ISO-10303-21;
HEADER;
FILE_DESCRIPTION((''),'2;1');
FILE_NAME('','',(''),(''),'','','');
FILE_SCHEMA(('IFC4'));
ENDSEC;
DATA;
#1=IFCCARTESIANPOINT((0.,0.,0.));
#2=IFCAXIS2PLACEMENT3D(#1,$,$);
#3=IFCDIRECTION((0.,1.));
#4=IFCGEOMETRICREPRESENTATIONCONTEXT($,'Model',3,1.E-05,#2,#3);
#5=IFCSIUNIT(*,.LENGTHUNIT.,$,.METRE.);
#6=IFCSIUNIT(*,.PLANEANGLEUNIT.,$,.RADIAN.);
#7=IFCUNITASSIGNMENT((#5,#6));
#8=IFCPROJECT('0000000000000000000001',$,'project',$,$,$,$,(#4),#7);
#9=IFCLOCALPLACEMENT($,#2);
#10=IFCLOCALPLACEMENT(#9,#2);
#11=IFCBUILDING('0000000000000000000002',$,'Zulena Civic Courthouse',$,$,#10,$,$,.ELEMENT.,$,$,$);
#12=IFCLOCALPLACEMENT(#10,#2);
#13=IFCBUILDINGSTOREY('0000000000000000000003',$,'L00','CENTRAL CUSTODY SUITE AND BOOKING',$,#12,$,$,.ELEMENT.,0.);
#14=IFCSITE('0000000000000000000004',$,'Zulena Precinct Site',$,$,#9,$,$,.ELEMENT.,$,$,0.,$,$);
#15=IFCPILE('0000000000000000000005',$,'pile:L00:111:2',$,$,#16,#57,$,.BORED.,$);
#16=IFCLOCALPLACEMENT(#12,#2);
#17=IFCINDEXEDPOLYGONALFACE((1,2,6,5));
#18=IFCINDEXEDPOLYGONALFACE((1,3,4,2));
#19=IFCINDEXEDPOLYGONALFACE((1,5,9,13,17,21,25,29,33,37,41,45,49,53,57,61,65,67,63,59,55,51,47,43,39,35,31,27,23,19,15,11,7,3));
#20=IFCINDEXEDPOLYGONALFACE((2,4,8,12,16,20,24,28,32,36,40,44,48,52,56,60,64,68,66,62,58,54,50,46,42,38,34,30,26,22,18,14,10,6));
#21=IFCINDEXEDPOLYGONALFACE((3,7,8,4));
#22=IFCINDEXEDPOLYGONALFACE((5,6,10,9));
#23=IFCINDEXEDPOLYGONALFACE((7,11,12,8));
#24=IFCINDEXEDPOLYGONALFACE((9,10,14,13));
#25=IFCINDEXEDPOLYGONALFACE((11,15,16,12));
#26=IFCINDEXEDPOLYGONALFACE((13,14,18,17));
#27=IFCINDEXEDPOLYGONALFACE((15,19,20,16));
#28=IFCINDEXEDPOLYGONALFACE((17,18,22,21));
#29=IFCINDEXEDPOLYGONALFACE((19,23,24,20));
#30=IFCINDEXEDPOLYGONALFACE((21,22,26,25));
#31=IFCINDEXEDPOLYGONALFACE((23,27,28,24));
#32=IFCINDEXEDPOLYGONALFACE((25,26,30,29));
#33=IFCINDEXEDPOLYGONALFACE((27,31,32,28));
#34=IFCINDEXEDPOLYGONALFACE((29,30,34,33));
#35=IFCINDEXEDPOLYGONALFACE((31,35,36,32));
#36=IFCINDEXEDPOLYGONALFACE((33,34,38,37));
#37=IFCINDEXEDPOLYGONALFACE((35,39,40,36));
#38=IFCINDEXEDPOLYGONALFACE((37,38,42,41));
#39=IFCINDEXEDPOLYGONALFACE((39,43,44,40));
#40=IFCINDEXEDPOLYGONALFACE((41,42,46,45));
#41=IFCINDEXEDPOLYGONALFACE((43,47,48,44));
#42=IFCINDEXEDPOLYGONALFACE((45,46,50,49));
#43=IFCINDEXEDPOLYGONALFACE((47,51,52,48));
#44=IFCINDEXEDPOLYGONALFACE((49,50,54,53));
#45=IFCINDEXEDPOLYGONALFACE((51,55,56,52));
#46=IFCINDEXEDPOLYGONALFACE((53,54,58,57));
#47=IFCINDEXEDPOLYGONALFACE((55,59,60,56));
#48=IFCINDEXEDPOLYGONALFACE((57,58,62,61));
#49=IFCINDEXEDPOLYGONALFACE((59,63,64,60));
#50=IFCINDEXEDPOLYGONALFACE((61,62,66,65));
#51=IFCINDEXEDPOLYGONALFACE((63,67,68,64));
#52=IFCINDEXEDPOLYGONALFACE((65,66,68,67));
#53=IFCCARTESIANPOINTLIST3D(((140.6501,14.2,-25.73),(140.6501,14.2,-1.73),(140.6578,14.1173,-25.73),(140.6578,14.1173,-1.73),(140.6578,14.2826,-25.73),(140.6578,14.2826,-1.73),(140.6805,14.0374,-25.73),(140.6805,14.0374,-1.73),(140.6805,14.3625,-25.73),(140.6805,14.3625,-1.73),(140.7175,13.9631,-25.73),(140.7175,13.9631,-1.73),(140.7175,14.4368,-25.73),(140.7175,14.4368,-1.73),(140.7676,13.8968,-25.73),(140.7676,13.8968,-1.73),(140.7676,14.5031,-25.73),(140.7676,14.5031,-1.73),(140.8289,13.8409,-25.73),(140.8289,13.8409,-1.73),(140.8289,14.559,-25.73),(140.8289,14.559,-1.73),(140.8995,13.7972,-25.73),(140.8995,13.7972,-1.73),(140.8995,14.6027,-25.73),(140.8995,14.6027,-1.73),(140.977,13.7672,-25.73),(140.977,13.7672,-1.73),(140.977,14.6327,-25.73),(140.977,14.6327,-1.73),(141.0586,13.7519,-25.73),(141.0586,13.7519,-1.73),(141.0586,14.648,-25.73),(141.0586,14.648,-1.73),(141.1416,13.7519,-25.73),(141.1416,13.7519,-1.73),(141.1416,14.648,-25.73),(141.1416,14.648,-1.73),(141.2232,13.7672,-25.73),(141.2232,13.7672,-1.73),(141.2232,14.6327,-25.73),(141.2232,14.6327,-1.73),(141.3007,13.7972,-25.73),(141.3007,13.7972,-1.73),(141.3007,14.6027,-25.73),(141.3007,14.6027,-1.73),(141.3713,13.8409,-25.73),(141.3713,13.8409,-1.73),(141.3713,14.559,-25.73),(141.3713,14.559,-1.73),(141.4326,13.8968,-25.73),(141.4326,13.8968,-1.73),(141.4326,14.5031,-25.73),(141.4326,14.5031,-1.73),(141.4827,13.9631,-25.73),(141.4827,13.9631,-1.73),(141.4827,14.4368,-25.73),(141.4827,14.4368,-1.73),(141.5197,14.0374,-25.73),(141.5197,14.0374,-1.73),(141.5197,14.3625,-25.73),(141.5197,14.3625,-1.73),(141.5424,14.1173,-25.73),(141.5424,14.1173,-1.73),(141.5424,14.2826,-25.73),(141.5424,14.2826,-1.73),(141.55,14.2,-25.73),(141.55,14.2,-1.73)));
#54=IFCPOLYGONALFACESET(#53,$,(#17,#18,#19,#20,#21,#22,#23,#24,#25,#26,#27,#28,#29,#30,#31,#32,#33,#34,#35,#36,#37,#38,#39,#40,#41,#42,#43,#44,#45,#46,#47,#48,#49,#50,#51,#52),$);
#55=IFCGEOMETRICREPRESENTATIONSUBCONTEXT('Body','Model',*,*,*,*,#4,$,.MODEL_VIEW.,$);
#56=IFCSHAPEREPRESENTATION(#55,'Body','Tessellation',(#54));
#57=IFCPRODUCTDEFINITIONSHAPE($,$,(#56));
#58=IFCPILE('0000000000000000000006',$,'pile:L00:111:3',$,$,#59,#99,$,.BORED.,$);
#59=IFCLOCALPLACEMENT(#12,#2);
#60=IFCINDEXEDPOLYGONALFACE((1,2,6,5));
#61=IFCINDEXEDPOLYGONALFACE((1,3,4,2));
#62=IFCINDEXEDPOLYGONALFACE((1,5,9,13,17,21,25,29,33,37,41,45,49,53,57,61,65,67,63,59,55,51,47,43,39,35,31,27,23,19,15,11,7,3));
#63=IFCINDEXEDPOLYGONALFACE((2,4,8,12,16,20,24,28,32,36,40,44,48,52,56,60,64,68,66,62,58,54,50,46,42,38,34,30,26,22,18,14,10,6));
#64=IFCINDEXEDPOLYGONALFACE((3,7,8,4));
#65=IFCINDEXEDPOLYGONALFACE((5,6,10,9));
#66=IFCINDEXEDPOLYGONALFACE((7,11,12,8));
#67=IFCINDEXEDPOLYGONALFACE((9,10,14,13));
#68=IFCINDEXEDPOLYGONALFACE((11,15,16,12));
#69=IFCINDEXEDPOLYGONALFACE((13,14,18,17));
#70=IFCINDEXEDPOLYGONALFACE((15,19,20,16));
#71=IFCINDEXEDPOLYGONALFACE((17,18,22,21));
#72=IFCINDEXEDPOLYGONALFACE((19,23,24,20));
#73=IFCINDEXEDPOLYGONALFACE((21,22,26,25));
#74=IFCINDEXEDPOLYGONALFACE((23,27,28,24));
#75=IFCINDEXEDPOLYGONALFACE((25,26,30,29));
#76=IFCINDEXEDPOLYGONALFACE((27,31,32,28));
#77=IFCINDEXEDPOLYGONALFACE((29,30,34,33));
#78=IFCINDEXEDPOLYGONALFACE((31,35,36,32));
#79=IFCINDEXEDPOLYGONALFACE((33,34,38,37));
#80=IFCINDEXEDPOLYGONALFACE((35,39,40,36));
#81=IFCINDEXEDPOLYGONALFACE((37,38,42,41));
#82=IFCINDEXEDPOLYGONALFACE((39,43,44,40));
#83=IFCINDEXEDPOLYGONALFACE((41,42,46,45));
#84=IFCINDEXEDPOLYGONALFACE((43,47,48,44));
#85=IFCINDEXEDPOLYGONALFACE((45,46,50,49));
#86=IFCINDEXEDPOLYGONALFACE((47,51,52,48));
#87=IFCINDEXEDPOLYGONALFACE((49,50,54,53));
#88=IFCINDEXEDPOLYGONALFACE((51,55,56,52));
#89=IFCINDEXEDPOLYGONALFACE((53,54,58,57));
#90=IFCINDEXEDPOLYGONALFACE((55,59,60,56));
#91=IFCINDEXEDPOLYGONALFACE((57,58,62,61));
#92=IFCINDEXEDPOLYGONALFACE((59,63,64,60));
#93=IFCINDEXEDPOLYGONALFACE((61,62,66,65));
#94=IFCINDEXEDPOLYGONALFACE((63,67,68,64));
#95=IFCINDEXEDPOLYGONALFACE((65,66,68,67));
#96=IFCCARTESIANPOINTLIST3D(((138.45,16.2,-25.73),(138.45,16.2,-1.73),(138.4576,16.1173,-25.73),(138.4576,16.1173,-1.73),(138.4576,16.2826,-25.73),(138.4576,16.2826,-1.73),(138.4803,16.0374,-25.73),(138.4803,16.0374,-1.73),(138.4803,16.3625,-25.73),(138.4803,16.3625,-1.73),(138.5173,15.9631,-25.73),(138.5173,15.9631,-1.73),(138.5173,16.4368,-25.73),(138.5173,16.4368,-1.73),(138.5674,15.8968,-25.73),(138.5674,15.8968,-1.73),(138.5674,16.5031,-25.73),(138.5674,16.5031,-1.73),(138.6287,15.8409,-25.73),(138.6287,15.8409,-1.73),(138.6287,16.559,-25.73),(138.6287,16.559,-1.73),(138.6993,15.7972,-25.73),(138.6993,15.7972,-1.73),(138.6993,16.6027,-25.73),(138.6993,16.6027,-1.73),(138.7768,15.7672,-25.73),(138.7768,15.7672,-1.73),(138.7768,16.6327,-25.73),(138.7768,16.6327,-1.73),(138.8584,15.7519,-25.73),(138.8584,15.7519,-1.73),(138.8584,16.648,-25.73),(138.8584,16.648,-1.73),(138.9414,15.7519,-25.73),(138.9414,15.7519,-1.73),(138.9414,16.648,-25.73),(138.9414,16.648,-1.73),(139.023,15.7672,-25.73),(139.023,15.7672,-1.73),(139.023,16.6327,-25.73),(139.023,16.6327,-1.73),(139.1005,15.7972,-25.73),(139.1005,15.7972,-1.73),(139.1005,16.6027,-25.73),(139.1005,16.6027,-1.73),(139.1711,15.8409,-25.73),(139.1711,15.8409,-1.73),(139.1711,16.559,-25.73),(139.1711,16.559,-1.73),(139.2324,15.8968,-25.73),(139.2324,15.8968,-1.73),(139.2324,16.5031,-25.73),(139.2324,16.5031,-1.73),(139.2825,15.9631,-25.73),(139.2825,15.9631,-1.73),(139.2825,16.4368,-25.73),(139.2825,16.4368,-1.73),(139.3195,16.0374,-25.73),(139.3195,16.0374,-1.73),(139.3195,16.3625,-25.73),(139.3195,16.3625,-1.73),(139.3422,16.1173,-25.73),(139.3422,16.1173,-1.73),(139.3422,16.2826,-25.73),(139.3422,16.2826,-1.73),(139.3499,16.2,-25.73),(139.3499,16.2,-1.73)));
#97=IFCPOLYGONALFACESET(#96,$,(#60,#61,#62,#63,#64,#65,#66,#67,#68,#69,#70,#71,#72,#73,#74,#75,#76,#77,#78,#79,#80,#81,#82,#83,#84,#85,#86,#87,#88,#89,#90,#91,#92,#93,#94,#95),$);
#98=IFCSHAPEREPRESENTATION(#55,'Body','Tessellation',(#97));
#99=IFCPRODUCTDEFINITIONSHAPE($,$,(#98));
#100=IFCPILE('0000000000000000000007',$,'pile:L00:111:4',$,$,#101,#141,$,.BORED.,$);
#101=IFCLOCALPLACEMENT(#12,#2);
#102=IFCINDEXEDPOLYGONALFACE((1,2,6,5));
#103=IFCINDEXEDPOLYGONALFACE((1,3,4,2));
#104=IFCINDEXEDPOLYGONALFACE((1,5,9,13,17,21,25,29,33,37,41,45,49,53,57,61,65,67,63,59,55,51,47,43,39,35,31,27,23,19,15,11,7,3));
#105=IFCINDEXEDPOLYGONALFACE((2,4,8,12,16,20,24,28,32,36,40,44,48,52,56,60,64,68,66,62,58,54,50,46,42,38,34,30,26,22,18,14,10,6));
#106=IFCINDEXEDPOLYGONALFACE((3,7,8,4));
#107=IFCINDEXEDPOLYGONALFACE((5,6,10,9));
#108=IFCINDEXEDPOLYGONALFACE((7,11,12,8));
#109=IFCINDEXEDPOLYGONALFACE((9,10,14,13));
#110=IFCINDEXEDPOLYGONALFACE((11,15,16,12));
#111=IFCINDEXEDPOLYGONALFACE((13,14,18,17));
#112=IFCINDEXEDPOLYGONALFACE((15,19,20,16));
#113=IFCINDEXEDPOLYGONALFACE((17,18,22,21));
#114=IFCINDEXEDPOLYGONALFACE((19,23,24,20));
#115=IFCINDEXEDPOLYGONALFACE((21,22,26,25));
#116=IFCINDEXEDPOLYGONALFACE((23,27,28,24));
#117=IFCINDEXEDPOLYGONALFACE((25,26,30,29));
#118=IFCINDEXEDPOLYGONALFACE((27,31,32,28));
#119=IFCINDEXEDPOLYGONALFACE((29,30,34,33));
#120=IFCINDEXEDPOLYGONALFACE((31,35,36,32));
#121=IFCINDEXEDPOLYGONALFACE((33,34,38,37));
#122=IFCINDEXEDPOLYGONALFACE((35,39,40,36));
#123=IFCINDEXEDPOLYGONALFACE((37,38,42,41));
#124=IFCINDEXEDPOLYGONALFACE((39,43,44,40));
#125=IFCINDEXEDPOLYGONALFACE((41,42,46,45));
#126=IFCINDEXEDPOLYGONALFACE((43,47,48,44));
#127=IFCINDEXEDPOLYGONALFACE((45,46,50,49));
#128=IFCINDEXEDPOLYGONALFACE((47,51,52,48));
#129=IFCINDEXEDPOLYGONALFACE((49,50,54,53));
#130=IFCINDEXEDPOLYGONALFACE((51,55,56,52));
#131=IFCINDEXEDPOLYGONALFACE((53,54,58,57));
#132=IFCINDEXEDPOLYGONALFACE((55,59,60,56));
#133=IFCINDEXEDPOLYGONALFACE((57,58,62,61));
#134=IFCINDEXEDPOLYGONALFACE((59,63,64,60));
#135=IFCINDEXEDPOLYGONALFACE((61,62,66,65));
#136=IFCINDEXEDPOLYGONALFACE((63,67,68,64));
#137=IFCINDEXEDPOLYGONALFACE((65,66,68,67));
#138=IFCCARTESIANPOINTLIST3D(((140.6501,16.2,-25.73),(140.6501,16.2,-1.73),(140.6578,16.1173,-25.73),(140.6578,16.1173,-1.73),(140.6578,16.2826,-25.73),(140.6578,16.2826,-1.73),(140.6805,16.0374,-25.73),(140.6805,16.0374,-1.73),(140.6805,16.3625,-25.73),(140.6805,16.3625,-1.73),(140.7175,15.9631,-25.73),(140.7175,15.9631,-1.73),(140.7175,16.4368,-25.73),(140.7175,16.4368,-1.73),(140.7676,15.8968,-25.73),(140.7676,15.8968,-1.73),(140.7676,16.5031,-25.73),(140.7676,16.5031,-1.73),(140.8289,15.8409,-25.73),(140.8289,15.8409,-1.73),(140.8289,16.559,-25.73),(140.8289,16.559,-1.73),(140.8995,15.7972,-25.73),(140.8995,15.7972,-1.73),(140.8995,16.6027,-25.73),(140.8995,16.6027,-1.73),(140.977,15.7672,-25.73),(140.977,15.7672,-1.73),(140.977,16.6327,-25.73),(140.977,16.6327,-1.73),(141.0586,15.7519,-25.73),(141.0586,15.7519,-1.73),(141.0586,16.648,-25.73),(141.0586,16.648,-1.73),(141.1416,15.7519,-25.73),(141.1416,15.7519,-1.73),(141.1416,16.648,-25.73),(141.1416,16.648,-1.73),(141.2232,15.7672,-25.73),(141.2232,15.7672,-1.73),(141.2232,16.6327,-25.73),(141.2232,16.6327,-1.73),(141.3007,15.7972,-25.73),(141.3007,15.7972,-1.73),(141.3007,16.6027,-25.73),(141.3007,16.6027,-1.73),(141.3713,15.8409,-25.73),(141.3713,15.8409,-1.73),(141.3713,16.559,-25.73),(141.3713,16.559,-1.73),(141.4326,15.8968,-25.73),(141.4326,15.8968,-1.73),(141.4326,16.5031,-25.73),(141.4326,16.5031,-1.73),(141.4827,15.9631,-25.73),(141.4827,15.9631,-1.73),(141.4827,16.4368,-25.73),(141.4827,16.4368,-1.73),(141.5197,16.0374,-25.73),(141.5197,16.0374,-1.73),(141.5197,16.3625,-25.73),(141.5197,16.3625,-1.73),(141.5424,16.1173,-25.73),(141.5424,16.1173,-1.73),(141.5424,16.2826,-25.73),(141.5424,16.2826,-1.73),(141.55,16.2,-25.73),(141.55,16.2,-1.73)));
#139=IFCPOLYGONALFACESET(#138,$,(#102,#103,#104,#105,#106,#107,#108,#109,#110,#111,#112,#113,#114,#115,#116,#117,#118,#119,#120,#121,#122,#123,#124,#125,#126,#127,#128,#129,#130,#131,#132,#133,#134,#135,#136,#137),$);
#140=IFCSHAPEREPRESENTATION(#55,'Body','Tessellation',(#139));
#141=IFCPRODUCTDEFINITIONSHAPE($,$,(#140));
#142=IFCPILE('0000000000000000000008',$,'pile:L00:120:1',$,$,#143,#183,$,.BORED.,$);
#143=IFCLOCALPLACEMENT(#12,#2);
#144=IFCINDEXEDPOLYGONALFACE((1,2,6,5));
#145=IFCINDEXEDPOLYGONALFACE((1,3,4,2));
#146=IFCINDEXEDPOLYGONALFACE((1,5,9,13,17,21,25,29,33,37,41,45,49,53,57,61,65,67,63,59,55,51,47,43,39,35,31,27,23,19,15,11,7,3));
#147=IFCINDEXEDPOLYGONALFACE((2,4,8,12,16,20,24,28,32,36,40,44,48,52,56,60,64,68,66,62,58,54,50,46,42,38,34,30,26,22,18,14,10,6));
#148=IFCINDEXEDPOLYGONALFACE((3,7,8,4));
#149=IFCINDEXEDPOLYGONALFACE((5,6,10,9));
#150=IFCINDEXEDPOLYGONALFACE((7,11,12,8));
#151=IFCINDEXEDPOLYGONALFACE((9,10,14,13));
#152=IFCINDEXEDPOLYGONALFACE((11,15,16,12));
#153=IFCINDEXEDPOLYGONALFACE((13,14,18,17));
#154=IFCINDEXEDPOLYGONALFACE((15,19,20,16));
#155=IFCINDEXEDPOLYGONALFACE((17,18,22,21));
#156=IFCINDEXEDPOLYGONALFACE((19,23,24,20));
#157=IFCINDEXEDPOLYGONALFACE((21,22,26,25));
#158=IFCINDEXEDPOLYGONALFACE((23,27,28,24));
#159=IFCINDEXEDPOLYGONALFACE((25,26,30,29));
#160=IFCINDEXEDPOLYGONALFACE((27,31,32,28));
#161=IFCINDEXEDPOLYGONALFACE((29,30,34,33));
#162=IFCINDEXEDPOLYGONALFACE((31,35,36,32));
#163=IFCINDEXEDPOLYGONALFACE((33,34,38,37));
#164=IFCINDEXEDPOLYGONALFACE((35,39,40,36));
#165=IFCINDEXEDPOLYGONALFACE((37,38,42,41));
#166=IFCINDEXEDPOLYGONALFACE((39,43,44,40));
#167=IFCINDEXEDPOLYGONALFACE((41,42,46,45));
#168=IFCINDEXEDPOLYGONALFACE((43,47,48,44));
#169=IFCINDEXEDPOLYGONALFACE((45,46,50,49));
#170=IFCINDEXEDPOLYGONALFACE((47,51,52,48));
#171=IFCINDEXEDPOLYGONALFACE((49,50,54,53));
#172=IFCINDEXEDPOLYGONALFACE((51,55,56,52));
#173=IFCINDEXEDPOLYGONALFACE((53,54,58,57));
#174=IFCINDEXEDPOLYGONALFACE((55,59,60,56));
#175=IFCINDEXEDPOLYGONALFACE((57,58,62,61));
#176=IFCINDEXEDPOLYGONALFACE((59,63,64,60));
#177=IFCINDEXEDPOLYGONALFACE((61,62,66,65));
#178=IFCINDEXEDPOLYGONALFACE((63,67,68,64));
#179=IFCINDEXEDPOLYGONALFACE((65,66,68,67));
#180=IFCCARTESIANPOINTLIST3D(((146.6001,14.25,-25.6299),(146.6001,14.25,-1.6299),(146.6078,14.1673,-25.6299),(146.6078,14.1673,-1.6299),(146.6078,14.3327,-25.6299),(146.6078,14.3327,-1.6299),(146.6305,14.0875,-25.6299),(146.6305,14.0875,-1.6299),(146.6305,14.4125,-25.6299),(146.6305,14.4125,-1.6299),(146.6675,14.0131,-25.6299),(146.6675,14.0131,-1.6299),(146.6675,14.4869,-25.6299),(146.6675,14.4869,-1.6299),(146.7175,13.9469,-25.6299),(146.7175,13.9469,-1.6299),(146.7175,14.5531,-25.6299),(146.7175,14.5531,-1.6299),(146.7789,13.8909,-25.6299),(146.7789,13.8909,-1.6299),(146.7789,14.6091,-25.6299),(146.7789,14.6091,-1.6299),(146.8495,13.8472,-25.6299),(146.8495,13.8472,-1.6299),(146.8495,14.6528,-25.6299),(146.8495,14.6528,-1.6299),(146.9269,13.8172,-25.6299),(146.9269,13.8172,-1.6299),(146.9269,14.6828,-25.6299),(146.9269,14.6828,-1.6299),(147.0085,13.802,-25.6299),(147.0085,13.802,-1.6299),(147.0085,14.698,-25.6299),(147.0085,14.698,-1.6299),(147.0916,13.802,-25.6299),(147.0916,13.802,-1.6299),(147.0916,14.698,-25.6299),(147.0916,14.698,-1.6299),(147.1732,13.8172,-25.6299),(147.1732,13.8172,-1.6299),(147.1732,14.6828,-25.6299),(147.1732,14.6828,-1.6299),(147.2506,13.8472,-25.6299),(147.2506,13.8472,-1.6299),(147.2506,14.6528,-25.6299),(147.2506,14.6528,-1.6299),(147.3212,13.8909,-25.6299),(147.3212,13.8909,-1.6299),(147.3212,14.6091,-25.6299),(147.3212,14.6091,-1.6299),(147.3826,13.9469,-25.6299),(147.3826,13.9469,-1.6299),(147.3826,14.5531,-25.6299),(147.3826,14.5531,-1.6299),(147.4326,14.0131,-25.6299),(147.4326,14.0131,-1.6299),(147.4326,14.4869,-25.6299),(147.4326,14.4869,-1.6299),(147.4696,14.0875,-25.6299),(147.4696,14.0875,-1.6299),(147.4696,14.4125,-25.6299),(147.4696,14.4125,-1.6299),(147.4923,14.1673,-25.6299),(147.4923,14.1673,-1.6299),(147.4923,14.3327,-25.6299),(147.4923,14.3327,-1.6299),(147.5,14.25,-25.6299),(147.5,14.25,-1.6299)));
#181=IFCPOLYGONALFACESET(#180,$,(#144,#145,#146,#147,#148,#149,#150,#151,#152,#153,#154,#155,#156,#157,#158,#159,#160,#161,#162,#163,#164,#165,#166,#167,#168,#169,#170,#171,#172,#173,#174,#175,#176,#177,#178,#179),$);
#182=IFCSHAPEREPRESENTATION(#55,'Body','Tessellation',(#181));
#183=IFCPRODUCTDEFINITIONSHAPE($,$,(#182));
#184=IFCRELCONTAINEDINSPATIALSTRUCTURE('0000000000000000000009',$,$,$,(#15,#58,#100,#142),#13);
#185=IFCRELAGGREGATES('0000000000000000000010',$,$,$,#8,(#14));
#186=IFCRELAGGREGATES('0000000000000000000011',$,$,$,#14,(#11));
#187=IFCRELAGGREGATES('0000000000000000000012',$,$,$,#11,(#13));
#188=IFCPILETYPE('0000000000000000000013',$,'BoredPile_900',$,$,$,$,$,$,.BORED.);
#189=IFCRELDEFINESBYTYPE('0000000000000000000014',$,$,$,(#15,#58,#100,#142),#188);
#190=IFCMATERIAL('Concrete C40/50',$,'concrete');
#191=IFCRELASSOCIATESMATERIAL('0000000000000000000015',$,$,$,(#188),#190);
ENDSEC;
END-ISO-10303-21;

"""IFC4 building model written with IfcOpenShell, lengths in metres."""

from ifc_helpers import new_model, si_unit, direction, frame, origin, origin_2d, place, context, subcontext, project, spatial, circle, extrude, material, material_profile, profile_set, type_object, element, save


model = new_model("IFC4")

# Units and contexts
model_context = context("Model", 3, precision=1e-05, world=origin(), true_north=direction((0.0, 1.0)))
body_context = subcontext(model_context, "Body", "Model", "MODEL_VIEW")
ifc_project = project(units=[si_unit("LENGTHUNIT", "METRE"), si_unit("PLANEANGLEUNIT", "RADIAN")], contexts=[model_context])

# Site, building, storey
site_placement = place(None, origin())
site = spatial("IfcSite", under=ifc_project, at=site_placement, Name="Zulena Precinct Site", CompositionType="ELEMENT", RefElevation=0.0)
building_placement = place(site_placement, origin())
building = spatial("IfcBuilding", under=site, at=building_placement, Name="Zulena Civic Courthouse", CompositionType="ELEMENT")
storey_placement = place(building_placement, origin())
storey = spatial("IfcBuildingStorey", under=building, at=storey_placement, Name="L00", Description="CENTRAL CUSTODY SUITE AND BOOKING", CompositionType="ELEMENT", Elevation=0.0)

# Piles
ifc_material_1 = material(Name="Concrete C40/50", Category="concrete")
ifc_material_profile_1 = material_profile(ifc_material_1, circle(Radius=0.45, at=origin_2d()), Name="PILE900")
ifc_profile_set_1 = profile_set([ifc_material_profile_1], Name="Concrete C40/50")
pile_type_1 = type_object("IfcPileType", Name="BoredPile_900", PredefinedType="BORED", material=ifc_profile_set_1)
for number, where, z_axis, x_axis, name in (
    (1, (141.1001, 14.2, -1.73), (0.0, 0.0, -1.0), (1.0, 0.0, 0.0), "pile:L00:111:2"),
    (2, (138.8999, 16.2, -1.73), (0.0, 0.0, -1.0), (1.0, 0.0, 0.0), "pile:L00:111:3"),
    (3, (141.1001, 16.2, -1.73), (0.0, 0.0, -1.0), (1.0, 0.0, 0.0), "pile:L00:111:4"),
    (4, (147.05, 14.25, -1.6299), (0.0, 0.0, -1.0), (1.0, 0.0, 0.0), "pile:L00:120:1"),
):
    element("IfcPile", number, at=place(storey_placement, frame(where, z_axis=z_axis, x_axis=x_axis)), inside=storey, type_object=pile_type_1, Name=name, PredefinedType="BORED", context=body_context, shape_type="SweptSolid", body=[
        extrude(circle(Radius=0.45, at=origin_2d()), origin(), (0.0, 0.0, 1.0), 24.0),
    ])

save(model, "model.ifc")
